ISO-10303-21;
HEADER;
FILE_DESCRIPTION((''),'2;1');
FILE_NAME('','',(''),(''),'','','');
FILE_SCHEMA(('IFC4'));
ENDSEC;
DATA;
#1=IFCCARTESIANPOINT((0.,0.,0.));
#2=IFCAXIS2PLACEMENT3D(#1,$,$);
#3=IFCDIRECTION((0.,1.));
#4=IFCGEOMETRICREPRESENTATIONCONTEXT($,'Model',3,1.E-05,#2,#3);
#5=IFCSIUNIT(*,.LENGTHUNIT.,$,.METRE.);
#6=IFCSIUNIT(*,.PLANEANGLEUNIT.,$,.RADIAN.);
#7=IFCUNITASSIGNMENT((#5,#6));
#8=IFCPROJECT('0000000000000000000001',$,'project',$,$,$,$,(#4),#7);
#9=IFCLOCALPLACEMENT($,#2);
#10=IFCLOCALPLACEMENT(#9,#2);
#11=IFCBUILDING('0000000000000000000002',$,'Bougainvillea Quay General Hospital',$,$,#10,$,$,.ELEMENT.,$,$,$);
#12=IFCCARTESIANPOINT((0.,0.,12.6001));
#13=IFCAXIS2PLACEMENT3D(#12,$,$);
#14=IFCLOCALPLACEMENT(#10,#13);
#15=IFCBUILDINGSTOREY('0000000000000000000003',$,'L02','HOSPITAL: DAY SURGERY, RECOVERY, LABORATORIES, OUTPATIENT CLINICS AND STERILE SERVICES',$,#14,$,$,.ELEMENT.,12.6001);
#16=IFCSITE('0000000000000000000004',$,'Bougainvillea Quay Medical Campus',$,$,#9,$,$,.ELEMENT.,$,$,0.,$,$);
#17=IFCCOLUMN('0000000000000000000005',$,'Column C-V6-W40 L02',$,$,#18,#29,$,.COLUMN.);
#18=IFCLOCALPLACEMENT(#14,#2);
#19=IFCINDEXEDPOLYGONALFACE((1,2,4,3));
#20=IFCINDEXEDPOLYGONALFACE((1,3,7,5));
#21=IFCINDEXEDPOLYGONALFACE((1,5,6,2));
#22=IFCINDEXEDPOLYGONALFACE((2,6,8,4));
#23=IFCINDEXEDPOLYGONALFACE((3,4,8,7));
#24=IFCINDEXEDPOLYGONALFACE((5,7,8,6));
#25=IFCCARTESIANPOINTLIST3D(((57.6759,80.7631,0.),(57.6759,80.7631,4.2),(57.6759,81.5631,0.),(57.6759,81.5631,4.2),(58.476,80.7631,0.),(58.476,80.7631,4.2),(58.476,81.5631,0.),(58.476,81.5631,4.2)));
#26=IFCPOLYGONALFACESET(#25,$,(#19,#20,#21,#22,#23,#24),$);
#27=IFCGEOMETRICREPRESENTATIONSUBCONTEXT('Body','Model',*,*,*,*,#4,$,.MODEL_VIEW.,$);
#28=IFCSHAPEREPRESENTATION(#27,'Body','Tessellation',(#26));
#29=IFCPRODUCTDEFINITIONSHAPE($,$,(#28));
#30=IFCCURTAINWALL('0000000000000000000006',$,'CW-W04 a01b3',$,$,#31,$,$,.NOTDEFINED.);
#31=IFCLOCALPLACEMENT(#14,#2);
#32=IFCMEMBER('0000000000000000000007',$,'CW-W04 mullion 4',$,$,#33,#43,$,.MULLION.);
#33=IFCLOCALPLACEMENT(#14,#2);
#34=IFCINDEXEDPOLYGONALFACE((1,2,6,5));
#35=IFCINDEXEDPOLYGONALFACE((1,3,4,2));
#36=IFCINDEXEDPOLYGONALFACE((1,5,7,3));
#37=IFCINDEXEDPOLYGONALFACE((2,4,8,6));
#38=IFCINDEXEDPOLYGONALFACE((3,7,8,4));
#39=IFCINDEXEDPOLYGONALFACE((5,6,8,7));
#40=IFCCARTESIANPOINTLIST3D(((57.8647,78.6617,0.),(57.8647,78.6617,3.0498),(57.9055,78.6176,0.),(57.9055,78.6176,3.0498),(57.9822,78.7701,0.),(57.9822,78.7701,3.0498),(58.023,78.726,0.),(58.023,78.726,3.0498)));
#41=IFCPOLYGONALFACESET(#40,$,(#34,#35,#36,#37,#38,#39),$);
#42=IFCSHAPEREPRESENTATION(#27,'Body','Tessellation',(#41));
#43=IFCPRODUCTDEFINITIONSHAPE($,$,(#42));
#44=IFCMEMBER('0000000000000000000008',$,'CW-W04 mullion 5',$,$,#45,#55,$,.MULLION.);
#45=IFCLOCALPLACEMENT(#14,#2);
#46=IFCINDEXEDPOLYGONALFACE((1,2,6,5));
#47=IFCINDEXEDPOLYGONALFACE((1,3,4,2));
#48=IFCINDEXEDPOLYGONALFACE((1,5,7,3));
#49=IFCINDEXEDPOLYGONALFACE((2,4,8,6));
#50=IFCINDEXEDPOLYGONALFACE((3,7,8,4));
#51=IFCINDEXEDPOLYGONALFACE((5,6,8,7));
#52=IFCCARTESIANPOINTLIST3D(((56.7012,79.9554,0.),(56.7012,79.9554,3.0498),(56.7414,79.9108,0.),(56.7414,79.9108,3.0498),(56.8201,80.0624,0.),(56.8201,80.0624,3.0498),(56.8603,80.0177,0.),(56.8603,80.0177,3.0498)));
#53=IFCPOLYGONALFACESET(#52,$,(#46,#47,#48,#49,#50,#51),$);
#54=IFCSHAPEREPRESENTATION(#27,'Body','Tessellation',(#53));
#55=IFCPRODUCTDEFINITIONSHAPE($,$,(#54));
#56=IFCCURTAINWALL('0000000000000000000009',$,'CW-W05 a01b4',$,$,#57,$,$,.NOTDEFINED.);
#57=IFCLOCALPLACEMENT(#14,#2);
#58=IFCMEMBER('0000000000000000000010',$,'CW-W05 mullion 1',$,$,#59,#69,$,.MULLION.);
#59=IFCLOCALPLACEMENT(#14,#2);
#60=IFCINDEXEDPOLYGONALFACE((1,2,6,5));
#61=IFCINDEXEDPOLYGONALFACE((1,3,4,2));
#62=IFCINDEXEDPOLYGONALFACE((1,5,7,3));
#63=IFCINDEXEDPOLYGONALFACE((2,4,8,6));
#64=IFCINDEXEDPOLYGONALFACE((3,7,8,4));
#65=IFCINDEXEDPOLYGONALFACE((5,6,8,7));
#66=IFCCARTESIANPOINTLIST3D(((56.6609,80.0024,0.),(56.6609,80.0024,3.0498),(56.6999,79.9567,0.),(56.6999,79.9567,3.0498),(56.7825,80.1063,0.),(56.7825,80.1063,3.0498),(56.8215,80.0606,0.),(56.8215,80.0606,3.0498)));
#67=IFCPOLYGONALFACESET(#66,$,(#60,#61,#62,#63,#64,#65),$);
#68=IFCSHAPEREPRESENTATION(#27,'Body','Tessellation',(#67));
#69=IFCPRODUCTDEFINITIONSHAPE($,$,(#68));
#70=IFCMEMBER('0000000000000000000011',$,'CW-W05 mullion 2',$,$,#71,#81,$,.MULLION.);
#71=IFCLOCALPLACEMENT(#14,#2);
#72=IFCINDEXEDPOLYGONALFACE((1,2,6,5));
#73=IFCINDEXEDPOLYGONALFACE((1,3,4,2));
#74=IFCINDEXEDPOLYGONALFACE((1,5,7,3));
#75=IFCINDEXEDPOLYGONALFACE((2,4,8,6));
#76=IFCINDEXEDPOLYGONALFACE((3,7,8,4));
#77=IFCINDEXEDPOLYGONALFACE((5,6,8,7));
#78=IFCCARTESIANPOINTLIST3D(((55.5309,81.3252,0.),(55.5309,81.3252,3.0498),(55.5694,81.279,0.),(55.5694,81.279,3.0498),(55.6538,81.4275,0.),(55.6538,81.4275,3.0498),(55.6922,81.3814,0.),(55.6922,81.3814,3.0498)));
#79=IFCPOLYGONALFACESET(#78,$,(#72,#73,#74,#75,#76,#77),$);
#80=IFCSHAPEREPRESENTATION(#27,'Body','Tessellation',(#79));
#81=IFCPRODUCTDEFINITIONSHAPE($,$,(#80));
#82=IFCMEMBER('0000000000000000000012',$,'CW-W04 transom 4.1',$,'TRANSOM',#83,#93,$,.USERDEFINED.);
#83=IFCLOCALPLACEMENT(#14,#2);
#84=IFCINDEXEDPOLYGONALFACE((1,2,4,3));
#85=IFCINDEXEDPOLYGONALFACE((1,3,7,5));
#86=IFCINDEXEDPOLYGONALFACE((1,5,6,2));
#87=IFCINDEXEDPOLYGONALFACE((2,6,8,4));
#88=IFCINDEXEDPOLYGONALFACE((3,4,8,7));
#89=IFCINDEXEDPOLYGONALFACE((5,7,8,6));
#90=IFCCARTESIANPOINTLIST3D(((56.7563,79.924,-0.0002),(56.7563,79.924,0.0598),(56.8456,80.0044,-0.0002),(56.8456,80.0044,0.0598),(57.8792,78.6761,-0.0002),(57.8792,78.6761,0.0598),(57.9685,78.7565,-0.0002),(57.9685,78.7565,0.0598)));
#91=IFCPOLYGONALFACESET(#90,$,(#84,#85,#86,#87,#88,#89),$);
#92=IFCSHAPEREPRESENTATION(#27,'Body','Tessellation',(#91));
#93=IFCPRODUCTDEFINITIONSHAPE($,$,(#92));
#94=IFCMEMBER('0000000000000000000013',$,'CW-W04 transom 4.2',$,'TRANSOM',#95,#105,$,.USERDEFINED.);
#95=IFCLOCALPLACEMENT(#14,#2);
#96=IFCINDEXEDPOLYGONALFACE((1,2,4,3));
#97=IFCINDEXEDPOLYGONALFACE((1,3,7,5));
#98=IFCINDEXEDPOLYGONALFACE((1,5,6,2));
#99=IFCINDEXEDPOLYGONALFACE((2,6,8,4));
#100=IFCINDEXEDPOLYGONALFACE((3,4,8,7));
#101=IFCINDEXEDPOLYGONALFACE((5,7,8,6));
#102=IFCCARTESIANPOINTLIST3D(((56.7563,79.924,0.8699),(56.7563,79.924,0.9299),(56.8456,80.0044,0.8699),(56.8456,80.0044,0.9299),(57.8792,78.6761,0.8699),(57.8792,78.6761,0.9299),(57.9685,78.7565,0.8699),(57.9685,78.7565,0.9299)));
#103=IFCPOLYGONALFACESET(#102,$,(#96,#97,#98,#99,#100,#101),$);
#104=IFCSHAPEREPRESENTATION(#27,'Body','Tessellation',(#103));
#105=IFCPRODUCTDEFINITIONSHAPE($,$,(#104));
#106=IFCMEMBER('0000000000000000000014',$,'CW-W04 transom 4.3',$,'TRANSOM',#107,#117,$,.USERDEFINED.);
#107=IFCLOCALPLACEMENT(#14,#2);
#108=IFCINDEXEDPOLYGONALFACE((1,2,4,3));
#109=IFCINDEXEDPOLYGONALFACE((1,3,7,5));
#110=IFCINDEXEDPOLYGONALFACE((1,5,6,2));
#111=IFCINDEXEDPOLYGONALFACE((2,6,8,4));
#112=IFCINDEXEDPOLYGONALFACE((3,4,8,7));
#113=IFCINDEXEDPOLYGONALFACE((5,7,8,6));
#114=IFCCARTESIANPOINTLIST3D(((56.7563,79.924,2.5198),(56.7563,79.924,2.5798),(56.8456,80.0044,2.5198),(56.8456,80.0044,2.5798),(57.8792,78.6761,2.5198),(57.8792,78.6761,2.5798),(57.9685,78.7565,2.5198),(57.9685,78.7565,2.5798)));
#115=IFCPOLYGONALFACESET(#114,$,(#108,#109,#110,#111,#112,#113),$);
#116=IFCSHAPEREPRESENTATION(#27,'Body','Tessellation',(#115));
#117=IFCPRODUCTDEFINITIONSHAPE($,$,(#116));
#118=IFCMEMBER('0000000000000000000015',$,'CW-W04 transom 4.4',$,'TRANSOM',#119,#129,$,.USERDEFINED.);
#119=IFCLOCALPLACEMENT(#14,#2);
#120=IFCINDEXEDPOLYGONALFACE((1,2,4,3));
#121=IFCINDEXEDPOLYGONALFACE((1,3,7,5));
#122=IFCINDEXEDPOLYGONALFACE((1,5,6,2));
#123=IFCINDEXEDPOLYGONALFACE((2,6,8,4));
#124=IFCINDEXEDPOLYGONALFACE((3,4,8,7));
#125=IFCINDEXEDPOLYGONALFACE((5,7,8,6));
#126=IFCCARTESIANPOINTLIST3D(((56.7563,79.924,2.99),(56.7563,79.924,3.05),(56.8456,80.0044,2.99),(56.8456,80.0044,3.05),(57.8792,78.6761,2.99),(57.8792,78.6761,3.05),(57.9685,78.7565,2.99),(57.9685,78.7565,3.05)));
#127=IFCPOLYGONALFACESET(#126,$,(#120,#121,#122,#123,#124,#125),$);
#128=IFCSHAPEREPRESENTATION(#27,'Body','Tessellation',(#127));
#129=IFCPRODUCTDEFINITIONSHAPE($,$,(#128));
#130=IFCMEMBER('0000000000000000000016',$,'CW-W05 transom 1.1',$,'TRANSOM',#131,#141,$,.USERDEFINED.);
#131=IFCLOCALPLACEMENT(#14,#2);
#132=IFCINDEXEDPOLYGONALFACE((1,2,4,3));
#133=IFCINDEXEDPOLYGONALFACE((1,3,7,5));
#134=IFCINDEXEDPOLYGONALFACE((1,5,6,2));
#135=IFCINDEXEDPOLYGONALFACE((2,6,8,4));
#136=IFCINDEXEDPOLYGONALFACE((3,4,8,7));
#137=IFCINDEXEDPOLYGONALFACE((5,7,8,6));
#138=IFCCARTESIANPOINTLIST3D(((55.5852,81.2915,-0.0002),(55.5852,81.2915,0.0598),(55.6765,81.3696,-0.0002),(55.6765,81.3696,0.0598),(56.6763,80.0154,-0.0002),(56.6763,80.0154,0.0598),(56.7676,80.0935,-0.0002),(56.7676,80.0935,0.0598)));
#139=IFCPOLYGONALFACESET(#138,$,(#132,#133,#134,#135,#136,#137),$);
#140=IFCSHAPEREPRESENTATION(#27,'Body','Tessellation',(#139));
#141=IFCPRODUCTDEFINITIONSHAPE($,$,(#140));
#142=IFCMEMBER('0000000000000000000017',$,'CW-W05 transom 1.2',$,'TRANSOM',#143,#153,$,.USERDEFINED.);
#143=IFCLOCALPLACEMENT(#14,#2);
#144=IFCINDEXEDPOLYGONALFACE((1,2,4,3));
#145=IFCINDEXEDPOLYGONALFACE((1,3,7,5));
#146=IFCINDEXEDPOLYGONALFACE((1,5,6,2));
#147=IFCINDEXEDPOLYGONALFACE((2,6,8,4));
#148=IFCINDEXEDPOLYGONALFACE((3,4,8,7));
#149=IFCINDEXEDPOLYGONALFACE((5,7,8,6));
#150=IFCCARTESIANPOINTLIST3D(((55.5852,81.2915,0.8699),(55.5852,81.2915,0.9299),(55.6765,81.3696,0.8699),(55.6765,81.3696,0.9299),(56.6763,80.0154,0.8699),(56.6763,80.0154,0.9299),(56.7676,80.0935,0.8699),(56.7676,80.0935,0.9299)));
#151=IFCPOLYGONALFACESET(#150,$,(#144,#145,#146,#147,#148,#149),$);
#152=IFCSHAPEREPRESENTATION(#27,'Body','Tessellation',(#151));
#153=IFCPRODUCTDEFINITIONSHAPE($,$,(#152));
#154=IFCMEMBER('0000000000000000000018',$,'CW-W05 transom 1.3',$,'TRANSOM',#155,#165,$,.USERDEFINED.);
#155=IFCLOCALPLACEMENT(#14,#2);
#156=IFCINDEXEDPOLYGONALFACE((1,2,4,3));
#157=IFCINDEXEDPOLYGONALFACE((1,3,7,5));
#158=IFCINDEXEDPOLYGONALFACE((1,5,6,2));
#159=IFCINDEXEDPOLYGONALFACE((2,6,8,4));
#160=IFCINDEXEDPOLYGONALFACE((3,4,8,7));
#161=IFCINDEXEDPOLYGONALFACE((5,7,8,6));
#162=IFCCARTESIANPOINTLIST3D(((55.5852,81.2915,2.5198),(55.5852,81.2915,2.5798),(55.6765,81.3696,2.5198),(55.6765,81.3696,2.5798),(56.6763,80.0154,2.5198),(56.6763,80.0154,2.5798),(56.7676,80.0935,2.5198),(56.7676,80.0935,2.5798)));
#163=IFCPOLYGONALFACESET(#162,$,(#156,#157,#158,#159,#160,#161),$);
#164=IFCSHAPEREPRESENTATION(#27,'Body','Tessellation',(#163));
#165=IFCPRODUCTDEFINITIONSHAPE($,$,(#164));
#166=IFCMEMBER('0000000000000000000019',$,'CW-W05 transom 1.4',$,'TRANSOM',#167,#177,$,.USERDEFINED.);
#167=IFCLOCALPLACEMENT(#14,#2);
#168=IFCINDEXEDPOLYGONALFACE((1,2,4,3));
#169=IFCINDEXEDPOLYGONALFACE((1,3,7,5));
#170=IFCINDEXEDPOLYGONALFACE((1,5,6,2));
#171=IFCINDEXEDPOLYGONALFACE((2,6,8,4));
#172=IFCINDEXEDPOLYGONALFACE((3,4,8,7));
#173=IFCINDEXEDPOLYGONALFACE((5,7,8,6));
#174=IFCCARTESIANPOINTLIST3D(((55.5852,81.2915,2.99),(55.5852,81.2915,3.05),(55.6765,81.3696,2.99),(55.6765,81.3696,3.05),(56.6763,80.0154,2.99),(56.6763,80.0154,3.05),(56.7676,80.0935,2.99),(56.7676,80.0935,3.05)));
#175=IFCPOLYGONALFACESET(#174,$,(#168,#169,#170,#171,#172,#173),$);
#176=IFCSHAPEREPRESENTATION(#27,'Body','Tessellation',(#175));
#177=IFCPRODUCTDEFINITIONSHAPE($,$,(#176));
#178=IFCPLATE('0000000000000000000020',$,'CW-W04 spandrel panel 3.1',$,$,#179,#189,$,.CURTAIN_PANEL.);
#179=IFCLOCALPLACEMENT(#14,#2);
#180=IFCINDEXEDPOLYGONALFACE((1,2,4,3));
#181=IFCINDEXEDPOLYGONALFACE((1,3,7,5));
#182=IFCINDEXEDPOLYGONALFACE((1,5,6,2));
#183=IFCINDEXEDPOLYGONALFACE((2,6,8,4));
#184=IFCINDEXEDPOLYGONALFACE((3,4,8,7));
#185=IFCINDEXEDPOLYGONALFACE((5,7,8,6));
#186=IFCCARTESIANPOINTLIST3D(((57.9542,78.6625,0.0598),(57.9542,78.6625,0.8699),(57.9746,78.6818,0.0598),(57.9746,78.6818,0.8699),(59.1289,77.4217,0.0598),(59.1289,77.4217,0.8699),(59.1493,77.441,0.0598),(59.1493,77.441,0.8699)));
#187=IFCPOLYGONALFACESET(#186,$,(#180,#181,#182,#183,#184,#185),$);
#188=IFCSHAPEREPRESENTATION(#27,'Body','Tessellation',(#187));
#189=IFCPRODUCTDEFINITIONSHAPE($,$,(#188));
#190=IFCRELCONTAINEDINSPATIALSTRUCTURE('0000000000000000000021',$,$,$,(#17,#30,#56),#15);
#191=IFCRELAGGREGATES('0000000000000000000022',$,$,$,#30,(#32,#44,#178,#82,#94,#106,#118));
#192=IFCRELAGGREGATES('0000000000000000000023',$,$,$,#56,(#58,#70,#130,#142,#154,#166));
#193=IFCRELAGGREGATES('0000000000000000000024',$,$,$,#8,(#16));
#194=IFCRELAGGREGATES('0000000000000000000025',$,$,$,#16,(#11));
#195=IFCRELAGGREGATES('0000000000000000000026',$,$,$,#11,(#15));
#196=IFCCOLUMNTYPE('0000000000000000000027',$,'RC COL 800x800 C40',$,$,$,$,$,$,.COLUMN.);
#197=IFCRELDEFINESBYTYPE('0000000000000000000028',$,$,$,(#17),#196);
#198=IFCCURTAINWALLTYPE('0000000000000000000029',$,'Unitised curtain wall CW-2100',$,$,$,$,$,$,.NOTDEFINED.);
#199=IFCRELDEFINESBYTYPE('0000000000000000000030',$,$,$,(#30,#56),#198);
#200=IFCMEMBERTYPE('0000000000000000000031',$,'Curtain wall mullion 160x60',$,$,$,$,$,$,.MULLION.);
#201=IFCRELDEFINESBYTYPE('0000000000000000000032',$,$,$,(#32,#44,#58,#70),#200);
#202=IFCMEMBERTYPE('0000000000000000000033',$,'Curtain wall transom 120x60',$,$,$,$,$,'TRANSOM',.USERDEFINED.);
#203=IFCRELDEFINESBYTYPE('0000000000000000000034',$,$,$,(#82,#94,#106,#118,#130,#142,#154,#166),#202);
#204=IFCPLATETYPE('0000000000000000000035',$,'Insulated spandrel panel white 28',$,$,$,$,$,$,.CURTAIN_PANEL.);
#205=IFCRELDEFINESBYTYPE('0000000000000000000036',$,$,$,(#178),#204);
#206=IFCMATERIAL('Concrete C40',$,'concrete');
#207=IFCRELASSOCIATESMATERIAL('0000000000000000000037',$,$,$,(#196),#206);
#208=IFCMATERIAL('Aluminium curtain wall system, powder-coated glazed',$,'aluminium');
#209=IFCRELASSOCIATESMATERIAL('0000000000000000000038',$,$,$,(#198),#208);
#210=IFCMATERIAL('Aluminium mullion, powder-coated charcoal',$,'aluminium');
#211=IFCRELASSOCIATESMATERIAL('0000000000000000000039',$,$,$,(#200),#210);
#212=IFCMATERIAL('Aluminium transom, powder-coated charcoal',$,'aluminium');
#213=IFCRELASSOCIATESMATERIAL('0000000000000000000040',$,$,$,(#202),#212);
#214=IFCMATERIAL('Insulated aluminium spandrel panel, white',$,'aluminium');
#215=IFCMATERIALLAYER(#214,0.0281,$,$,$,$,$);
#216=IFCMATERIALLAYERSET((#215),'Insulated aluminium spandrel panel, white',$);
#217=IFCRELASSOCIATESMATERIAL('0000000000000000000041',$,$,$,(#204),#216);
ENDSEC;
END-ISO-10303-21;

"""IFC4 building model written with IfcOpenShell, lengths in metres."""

from ifc_helpers import new_model, si_unit, direction, frame, origin, origin_2d, place, context, subcontext, project, spatial, rectangle, extrude, material, layer, layer_set, material_profile, profile_set, type_object, element, aggregate, save


model = new_model("IFC4")

# Units and contexts
model_context = context("Model", 3, precision=1e-05, world=origin(), true_north=direction((0.0, 1.0)))
body_context = subcontext(model_context, "Body", "Model", "MODEL_VIEW")
ifc_project = project(units=[si_unit("LENGTHUNIT", "METRE"), si_unit("PLANEANGLEUNIT", "RADIAN")], contexts=[model_context])

# Site, building, storey
site_placement = place(None, origin())
site = spatial("IfcSite", under=ifc_project, at=site_placement, Name="Bougainvillea Quay Medical Campus", CompositionType="ELEMENT", RefElevation=0.0)
building_placement = place(site_placement, origin())
building = spatial("IfcBuilding", under=site, at=building_placement, Name="Bougainvillea Quay General Hospital", CompositionType="ELEMENT")
storey_placement = place(building_placement, frame((0.0, 0.0, 12.6001)))
storey = spatial("IfcBuildingStorey", under=building, at=storey_placement, Name="L02", Description="HOSPITAL: DAY SURGERY, RECOVERY, LABORATORIES, OUTPATIENT CLINICS AND STERILE SERVICES", CompositionType="ELEMENT", Elevation=12.6001)

# Column
ifc_material_1 = material(Name="Concrete C40", Category="concrete")
ifc_material_profile_1 = material_profile(ifc_material_1, rectangle(XDim=0.8, YDim=0.8, at=origin_2d()))
ifc_profile_set_1 = profile_set([ifc_material_profile_1], Name="Concrete C40")
column_type = type_object("IfcColumnType", Name="RC COL 800x800 C40", PredefinedType="COLUMN", material=ifc_profile_set_1)
column_placement = place(storey_placement, frame((58.0759, 81.1631, 0.0), z_axis=(0.0, 0.0, 1.0), x_axis=(1.0, 0.0, 0.0)))
element("IfcColumn", 1, at=column_placement, inside=storey, type_object=column_type, Name="Column C-V6-W40 L02", PredefinedType="COLUMN", context=body_context, shape_type="SweptSolid", body=[
    extrude(rectangle(XDim=0.8, YDim=0.8, at=origin_2d()), origin(), (0.0, 0.0, 1.0), 4.2),
])

# Curtain walls, members
ifc_material_2 = material(Name="Aluminium curtain wall system, powder-coated glazed", Category="aluminium")
curtain_wall_type = type_object("IfcCurtainWallType", Name="Unitised curtain wall CW-2100", PredefinedType="NOTDEFINED", material=ifc_material_2)
curtain_wall_1_placement = place(storey_placement, origin())
curtain_wall_1 = element("IfcCurtainWall", 2, at=curtain_wall_1_placement, inside=storey, type_object=curtain_wall_type, Name="CW-W04 a01b3", PredefinedType="NOTDEFINED")
ifc_material_3 = material(Name="Aluminium mullion, powder-coated charcoal", Category="aluminium")
ifc_material_profile_2 = material_profile(ifc_material_3, rectangle(XDim=0.1599, YDim=0.0601, at=origin_2d()))
ifc_profile_set_2 = profile_set([ifc_material_profile_2], Name="Aluminium mullion, powder-coated charcoal")
member_type_1 = type_object("IfcMemberType", Name="Curtain wall mullion 160x60", PredefinedType="MULLION", material=ifc_profile_set_2)
member_1_placement = place(storey_placement, frame((57.9438, 78.6938, 0.0), z_axis=(0.0, 0.0, 1.0), x_axis=(-0.734855, -0.678224, 0.0)))
member_1 = element("IfcMember", 3, at=member_1_placement, type_object=member_type_1, Name="CW-W04 mullion 4", PredefinedType="MULLION", context=body_context, shape_type="SweptSolid", body=[
    extrude(rectangle(XDim=0.1599, YDim=0.0601, at=origin_2d()), origin(), (0.0, 0.0, 1.0), 3.0498),
])
member_2_placement = place(storey_placement, frame((56.7808, 79.9866, 0.0), z_axis=(0.0, 0.0, 1.0), x_axis=(-0.743396, -0.668852, 0.0)))
member_2 = element("IfcMember", 4, at=member_2_placement, type_object=member_type_1, Name="CW-W04 mullion 5", PredefinedType="MULLION", context=body_context, shape_type="SweptSolid", body=[
    extrude(rectangle(XDim=0.1599, YDim=0.0601, at=origin_2d()), origin(), (0.0, 0.0, 1.0), 3.0498),
])
curtain_wall_2_placement = place(storey_placement, origin())
curtain_wall_2 = element("IfcCurtainWall", 5, at=curtain_wall_2_placement, inside=storey, type_object=curtain_wall_type, Name="CW-W05 a01b4", PredefinedType="NOTDEFINED")
member_3_placement = place(storey_placement, frame((56.7412, 80.0315, 0.0), z_axis=(0.0, 0.0, 1.0), x_axis=(-0.760117, -0.649786, 0.0)))
member_3 = element("IfcMember", 6, at=member_3_placement, type_object=member_type_1, Name="CW-W05 mullion 1", PredefinedType="MULLION", context=body_context, shape_type="SweptSolid", body=[
    extrude(rectangle(XDim=0.1599, YDim=0.0601, at=origin_2d()), origin(), (0.0, 0.0, 1.0), 3.0498),
])
member_4_placement = place(storey_placement, frame((55.6116, 81.3533, 0.0), z_axis=(0.0, 0.0, 1.0), x_axis=(-0.768295, -0.640096, 0.0)))
member_4 = element("IfcMember", 7, at=member_4_placement, type_object=member_type_1, Name="CW-W05 mullion 2", PredefinedType="MULLION", context=body_context, shape_type="SweptSolid", body=[
    extrude(rectangle(XDim=0.1599, YDim=0.0601, at=origin_2d()), origin(), (0.0, 0.0, 1.0), 3.0498),
])

# Members
ifc_material_4 = material(Name="Aluminium transom, powder-coated charcoal", Category="aluminium")
ifc_material_profile_3 = material_profile(ifc_material_4, rectangle(XDim=0.1201, YDim=0.0601, at=origin_2d()))
ifc_profile_set_3 = profile_set([ifc_material_profile_3], Name="Aluminium transom, powder-coated charcoal")
member_type_2 = type_object("IfcMemberType", Name="Curtain wall transom 120x60", ElementType="TRANSOM", PredefinedType="USERDEFINED", material=ifc_profile_set_3)
member_5_placement = place(storey_placement, frame((57.9238, 78.7163, 0.0298), z_axis=(-0.668892, 0.743359, 0.0), x_axis=(-0.743359, -0.668892, 0.0)))
member_5 = element("IfcMember", 8, at=member_5_placement, type_object=member_type_2, Name="CW-W04 transom 4.1", ObjectType="TRANSOM", PredefinedType="USERDEFINED", context=body_context, shape_type="SweptSolid", body=[
    extrude(rectangle(XDim=0.1201, YDim=0.0601, at=origin_2d()), origin(), (0.0, 0.0, 1.0), 1.6787),
])
member_6_placement = place(storey_placement, frame((57.9238, 78.7163, 0.8999), z_axis=(-0.668892, 0.743359, 0.0), x_axis=(-0.743359, -0.668892, 0.0)))
member_6 = element("IfcMember", 9, at=member_6_placement, type_object=member_type_2, Name="CW-W04 transom 4.2", ObjectType="TRANSOM", PredefinedType="USERDEFINED", context=body_context, shape_type="SweptSolid", body=[
    extrude(rectangle(XDim=0.1201, YDim=0.0601, at=origin_2d()), origin(), (0.0, 0.0, 1.0), 1.6787),
])
member_7_placement = place(storey_placement, frame((57.9238, 78.7163, 2.5498), z_axis=(-0.668892, 0.743359, 0.0), x_axis=(-0.743359, -0.668892, 0.0)))
member_7 = element("IfcMember", 10, at=member_7_placement, type_object=member_type_2, Name="CW-W04 transom 4.3", ObjectType="TRANSOM", PredefinedType="USERDEFINED", context=body_context, shape_type="SweptSolid", body=[
    extrude(rectangle(XDim=0.1201, YDim=0.0601, at=origin_2d()), origin(), (0.0, 0.0, 1.0), 1.6787),
])
member_8_placement = place(storey_placement, frame((57.9238, 78.7163, 3.02), z_axis=(-0.668892, 0.743359, 0.0), x_axis=(-0.743359, -0.668892, 0.0)))
member_8 = element("IfcMember", 11, at=member_8_placement, type_object=member_type_2, Name="CW-W04 transom 4.4", ObjectType="TRANSOM", PredefinedType="USERDEFINED", context=body_context, shape_type="SweptSolid", body=[
    extrude(rectangle(XDim=0.1201, YDim=0.0601, at=origin_2d()), origin(), (0.0, 0.0, 1.0), 1.6787),
])
member_9_placement = place(storey_placement, frame((56.7219, 80.0544, 0.0298), z_axis=(-0.649845, 0.760067, 0.0), x_axis=(-0.760067, -0.649845, 0.0)))
member_9 = element("IfcMember", 12, at=member_9_placement, type_object=member_type_2, Name="CW-W05 transom 1.1", ObjectType="TRANSOM", PredefinedType="USERDEFINED", context=body_context, shape_type="SweptSolid", body=[
    extrude(rectangle(XDim=0.1201, YDim=0.0601, at=origin_2d()), origin(), (0.0, 0.0, 1.0), 1.679),
])
member_10_placement = place(storey_placement, frame((56.7219, 80.0544, 0.8999), z_axis=(-0.649845, 0.760067, 0.0), x_axis=(-0.760067, -0.649845, 0.0)))
member_10 = element("IfcMember", 13, at=member_10_placement, type_object=member_type_2, Name="CW-W05 transom 1.2", ObjectType="TRANSOM", PredefinedType="USERDEFINED", context=body_context, shape_type="SweptSolid", body=[
    extrude(rectangle(XDim=0.1201, YDim=0.0601, at=origin_2d()), origin(), (0.0, 0.0, 1.0), 1.679),
])
member_11_placement = place(storey_placement, frame((56.7219, 80.0544, 2.5498), z_axis=(-0.649845, 0.760067, 0.0), x_axis=(-0.760067, -0.649845, 0.0)))
member_11 = element("IfcMember", 14, at=member_11_placement, type_object=member_type_2, Name="CW-W05 transom 1.3", ObjectType="TRANSOM", PredefinedType="USERDEFINED", context=body_context, shape_type="SweptSolid", body=[
    extrude(rectangle(XDim=0.1201, YDim=0.0601, at=origin_2d()), origin(), (0.0, 0.0, 1.0), 1.679),
])
member_12_placement = place(storey_placement, frame((56.7219, 80.0544, 3.02), z_axis=(-0.649845, 0.760067, 0.0), x_axis=(-0.760067, -0.649845, 0.0)))
member_12 = element("IfcMember", 15, at=member_12_placement, type_object=member_type_2, Name="CW-W05 transom 1.4", ObjectType="TRANSOM", PredefinedType="USERDEFINED", context=body_context, shape_type="SweptSolid", body=[
    extrude(rectangle(XDim=0.1201, YDim=0.0601, at=origin_2d()), origin(), (0.0, 0.0, 1.0), 1.679),
])

# Plate
ifc_material_5 = material(Name="Insulated aluminium spandrel panel, white", Category="aluminium")
ifc_layer_1 = layer(ifc_material_5, 0.0281)
ifc_layer_set_1 = layer_set([ifc_layer_1], Name="Insulated aluminium spandrel panel, white")
plate_type_1 = type_object("IfcPlateType", Name="Insulated spandrel panel white 28", PredefinedType="CURTAIN_PANEL", material=ifc_layer_set_1)
plate_1_placement = place(storey_placement, frame((58.5518, 78.0518, 0.0598), z_axis=(0.0, 0.0, 1.0), x_axis=(-0.687487, 0.726197, 0.0)))
plate_1 = element("IfcPlate", 16, at=plate_1_placement, type_object=plate_type_1, Name="CW-W04 spandrel panel 3.1", PredefinedType="CURTAIN_PANEL", context=body_context, shape_type="SweptSolid", body=[
    extrude(rectangle(XDim=1.7087, YDim=0.0281, at=origin_2d()), origin(), (0.0, 0.0, 1.0), 0.8101),
])
aggregate(curtain_wall_1, [member_1, member_2, plate_1, member_5, member_6, member_7, member_8])
aggregate(curtain_wall_2, [member_3, member_4, member_9, member_10, member_11, member_12])

save(model, "model.ifc")
